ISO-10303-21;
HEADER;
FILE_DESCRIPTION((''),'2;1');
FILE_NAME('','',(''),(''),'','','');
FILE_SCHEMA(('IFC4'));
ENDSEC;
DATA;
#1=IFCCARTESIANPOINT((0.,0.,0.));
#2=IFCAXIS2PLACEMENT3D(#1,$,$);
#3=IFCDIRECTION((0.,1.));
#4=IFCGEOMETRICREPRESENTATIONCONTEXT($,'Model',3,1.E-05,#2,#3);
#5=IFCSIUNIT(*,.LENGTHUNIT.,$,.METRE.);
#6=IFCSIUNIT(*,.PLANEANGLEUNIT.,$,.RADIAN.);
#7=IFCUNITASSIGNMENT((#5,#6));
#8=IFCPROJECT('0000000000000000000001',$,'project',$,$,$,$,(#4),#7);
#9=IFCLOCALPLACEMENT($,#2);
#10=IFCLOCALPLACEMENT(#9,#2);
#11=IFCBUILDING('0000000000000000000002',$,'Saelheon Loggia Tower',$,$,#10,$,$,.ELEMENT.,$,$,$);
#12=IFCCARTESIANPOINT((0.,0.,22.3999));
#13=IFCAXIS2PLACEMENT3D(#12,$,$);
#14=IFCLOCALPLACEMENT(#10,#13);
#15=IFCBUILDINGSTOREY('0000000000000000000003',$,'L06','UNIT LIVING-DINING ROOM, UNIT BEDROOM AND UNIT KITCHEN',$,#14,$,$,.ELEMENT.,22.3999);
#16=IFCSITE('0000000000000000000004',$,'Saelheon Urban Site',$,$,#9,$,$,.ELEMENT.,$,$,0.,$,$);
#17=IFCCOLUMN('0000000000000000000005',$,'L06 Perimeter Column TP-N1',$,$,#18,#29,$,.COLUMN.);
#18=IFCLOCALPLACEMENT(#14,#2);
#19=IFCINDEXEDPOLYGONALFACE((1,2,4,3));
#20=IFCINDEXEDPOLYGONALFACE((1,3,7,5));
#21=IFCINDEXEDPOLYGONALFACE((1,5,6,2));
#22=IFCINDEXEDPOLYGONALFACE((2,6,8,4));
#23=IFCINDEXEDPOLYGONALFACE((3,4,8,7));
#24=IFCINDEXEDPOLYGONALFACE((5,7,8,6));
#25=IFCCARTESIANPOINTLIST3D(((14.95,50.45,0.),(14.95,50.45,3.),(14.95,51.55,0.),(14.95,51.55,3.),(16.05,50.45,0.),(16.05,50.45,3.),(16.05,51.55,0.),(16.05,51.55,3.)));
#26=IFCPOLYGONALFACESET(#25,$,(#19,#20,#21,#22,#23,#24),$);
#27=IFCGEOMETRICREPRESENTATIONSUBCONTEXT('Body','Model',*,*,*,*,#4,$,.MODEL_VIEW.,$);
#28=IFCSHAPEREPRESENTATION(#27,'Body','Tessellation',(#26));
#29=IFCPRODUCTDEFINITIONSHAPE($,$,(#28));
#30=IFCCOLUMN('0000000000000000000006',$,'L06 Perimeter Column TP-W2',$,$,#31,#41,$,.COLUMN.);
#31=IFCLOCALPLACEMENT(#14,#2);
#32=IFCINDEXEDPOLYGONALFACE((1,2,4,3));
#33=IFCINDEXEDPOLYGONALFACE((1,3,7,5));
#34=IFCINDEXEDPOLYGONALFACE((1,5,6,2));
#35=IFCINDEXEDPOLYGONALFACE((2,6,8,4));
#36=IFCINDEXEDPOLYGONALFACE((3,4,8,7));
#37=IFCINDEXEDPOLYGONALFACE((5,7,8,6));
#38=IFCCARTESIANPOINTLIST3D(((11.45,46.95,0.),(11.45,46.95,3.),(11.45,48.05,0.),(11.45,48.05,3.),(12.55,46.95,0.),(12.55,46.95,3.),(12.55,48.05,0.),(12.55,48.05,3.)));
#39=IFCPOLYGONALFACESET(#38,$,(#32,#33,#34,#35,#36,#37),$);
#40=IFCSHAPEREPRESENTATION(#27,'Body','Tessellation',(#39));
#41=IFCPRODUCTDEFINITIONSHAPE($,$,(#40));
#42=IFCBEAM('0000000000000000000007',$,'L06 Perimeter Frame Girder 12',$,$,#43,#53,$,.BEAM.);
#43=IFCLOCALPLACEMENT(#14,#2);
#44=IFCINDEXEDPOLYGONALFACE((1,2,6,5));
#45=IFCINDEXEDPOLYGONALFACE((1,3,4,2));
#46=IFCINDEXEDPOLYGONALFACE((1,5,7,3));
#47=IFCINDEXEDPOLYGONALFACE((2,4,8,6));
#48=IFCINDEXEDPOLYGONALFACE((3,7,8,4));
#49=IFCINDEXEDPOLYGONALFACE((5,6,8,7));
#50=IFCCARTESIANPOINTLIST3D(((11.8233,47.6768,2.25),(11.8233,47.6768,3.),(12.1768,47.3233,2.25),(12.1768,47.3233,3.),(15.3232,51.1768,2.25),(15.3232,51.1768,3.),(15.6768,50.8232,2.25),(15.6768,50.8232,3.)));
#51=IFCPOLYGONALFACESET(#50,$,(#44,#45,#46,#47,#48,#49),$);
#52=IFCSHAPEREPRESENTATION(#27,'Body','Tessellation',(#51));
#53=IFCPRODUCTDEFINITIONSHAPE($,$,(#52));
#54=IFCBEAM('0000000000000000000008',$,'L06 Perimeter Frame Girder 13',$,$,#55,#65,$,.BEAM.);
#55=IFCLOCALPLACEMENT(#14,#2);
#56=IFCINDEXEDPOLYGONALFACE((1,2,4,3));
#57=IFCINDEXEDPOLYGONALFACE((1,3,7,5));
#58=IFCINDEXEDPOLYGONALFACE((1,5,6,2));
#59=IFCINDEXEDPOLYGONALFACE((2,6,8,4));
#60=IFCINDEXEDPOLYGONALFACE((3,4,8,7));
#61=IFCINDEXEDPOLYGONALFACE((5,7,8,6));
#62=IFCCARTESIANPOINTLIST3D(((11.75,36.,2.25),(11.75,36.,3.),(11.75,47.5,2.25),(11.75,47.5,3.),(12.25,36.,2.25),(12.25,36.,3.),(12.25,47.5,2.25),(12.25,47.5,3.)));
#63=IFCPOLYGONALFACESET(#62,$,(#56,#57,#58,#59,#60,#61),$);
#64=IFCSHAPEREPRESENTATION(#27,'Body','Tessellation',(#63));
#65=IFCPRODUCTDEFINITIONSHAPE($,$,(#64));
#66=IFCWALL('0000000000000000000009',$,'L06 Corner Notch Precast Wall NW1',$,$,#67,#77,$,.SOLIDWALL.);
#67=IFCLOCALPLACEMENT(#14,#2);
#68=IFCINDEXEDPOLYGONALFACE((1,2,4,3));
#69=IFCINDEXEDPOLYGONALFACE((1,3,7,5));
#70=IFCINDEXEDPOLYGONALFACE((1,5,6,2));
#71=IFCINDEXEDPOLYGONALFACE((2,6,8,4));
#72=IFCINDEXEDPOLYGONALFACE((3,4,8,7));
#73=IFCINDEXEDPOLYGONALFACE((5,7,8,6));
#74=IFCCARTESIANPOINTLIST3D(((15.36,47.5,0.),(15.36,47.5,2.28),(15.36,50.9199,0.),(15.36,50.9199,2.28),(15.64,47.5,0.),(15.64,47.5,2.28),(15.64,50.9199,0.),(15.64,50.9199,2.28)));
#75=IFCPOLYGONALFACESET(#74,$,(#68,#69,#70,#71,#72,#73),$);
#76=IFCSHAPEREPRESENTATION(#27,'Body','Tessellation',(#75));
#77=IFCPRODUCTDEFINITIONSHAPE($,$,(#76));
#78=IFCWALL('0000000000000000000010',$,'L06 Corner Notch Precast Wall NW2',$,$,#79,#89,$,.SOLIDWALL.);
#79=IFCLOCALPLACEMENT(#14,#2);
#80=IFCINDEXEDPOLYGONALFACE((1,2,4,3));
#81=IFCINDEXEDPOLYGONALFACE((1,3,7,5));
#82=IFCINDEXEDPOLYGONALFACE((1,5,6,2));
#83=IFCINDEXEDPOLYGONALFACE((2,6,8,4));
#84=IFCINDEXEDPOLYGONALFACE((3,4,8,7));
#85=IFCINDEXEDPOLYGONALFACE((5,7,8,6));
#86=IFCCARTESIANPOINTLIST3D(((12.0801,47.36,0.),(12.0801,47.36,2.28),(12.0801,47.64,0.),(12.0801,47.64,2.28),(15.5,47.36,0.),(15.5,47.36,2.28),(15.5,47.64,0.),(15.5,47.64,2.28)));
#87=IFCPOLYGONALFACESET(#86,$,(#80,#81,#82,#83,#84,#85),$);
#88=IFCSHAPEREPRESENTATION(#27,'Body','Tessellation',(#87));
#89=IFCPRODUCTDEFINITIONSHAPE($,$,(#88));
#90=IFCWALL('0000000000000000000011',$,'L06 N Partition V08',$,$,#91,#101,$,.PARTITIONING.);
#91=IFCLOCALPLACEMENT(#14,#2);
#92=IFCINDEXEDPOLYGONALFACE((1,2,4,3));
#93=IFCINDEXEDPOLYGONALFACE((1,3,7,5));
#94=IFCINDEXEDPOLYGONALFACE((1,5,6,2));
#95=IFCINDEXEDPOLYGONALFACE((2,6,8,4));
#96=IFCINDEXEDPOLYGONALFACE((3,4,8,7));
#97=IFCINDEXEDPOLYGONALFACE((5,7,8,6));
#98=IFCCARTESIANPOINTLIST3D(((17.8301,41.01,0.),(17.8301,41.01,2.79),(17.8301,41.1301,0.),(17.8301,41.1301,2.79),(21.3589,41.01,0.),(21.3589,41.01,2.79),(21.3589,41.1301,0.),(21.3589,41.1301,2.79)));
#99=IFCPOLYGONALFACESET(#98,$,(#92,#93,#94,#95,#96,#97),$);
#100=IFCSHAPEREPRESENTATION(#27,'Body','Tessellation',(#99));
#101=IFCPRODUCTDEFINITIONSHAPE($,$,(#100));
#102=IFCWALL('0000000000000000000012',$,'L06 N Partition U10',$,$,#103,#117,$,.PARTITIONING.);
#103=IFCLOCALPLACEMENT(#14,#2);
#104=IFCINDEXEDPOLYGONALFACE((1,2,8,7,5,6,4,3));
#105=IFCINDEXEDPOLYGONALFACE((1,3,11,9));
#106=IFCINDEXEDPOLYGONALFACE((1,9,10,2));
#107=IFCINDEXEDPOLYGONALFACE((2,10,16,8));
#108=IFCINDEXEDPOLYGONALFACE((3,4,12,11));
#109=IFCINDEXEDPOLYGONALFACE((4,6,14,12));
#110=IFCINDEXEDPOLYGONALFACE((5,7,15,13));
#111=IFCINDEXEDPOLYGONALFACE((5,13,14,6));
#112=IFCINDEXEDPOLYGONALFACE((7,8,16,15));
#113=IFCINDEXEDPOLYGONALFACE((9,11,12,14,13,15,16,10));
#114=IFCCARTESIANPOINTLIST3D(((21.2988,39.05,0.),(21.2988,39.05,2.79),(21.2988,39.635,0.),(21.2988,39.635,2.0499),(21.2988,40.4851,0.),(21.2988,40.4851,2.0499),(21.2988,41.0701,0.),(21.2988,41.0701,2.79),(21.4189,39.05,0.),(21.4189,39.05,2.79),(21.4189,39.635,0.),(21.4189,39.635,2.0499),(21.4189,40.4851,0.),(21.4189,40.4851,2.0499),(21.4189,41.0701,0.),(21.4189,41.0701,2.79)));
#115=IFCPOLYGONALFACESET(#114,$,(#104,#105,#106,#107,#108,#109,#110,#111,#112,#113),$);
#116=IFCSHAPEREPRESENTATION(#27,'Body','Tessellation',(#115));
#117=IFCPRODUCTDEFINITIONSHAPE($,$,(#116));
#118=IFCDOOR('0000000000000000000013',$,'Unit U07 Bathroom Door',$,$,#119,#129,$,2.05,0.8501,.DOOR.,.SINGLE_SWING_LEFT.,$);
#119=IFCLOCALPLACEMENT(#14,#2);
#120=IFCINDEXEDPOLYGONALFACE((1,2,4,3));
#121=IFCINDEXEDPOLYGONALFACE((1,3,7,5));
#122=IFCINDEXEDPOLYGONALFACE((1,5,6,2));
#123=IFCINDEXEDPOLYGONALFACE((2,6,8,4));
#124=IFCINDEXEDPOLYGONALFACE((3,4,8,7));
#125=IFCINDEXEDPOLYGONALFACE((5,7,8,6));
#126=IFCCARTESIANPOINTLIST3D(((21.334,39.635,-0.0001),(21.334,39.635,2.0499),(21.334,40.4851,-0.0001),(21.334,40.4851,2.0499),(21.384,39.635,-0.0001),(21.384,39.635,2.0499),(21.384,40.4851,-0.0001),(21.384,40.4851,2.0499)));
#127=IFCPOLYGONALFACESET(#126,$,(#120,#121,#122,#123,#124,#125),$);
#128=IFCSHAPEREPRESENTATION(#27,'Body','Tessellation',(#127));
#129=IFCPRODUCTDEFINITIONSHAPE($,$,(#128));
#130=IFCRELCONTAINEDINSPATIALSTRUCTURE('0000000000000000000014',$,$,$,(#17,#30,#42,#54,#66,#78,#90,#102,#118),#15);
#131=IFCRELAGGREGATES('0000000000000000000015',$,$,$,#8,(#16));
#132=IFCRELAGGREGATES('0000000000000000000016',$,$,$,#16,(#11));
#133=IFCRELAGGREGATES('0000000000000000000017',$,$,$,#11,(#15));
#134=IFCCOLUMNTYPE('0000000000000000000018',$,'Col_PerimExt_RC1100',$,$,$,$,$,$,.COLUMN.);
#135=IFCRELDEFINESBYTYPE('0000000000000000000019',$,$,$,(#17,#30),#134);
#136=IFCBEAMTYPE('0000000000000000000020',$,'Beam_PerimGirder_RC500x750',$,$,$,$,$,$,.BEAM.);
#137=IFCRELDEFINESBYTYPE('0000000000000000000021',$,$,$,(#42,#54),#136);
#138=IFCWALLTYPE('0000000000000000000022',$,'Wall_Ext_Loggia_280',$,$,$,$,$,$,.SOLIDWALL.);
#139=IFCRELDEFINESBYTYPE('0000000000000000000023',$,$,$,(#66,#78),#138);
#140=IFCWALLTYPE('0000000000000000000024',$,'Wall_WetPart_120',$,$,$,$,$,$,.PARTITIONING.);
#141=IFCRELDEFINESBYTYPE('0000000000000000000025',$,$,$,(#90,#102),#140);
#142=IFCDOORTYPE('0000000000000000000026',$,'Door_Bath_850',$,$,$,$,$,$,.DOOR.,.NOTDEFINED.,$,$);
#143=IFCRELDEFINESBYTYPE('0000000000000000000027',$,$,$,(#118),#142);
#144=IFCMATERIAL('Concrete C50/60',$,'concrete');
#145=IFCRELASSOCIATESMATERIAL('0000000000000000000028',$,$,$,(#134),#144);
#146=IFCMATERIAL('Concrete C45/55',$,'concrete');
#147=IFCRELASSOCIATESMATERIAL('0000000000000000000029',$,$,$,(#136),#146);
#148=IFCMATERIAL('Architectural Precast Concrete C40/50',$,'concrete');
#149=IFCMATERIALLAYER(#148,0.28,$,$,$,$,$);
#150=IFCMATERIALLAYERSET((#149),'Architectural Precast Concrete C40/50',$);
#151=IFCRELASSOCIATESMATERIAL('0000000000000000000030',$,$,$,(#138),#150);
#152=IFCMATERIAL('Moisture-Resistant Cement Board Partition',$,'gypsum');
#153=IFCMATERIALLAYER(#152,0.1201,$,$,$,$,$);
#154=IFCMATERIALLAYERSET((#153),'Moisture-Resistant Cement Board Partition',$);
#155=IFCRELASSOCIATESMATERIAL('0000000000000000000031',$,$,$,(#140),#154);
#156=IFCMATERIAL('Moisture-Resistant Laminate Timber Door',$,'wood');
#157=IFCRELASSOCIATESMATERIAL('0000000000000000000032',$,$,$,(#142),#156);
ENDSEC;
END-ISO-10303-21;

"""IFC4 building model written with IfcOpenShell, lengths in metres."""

from ifc_helpers import new_model, si_unit, direction, frame, frame_2d, origin, origin_2d, place, context, subcontext, project, spatial, rectangle, extrude, source, transform, mapped, material, layer, layer_set, material_profile, profile_set, type_object, element, fill, save


model = new_model("IFC4")

# Units and contexts
model_context = context("Model", 3, precision=1e-05, world=origin(), true_north=direction((0.0, 1.0)))
body_context = subcontext(model_context, "Body", "Model", "MODEL_VIEW")
ifc_project = project(units=[si_unit("LENGTHUNIT", "METRE"), si_unit("PLANEANGLEUNIT", "RADIAN")], contexts=[model_context])

# Site, building, storey
site_placement = place(None, origin())
site = spatial("IfcSite", under=ifc_project, at=site_placement, Name="Saelheon Urban Site", CompositionType="ELEMENT", RefElevation=0.0)
building_placement = place(site_placement, origin())
building = spatial("IfcBuilding", under=site, at=building_placement, Name="Saelheon Loggia Tower", CompositionType="ELEMENT")
storey_placement = place(building_placement, frame((0.0, 0.0, 22.3999)))
storey = spatial("IfcBuildingStorey", under=building, at=storey_placement, Name="L06", Description="UNIT LIVING-DINING ROOM, UNIT BEDROOM AND UNIT KITCHEN", CompositionType="ELEMENT", Elevation=22.3999)

# Columns
ifc_material_1 = material(Name="Concrete C50/60", Category="concrete")
ifc_material_profile_1 = material_profile(ifc_material_1, rectangle(XDim=1.1001, YDim=1.1001, at=origin_2d()), Name="RC-1100x1100")
ifc_profile_set_1 = profile_set([ifc_material_profile_1], Name="Concrete C50/60")
column_type = type_object("IfcColumnType", Name="Col_PerimExt_RC1100", PredefinedType="COLUMN", material=ifc_profile_set_1)
shared_shape_1 = source(origin(), body_context, "Body", "SweptSolid", [
    extrude(rectangle(XDim=1.1001, YDim=1.1001, at=origin_2d()), origin(), (0.0, 0.0, 1.0), 3.0),
])
for number, where, z_axis, x_axis, name in (
    (1, (15.5, 51.0, 0.0), (0.0, 0.0, 1.0), (1.0, 0.0, 0.0), "L06 Perimeter Column TP-N1"),
    (2, (12.0, 47.5, 0.0), (0.0, 0.0, 1.0), (1.0, 0.0, 0.0), "L06 Perimeter Column TP-W2"),
):
    element("IfcColumn", number, at=place(storey_placement, frame(where, z_axis=z_axis, x_axis=x_axis)), inside=storey, type_object=column_type, Name=name, PredefinedType="COLUMN", context=body_context, shape_type="MappedRepresentation", body=[
        mapped(shared_shape_1, transform((0.0, 0.0, 0.0), scale=1.0)),
    ])

# Beams
ifc_material_2 = material(Name="Concrete C45/55", Category="concrete")
ifc_material_profile_2 = material_profile(ifc_material_2, rectangle(XDim=0.5, YDim=0.75, at=origin_2d()), Name="RC-500x750")
ifc_profile_set_2 = profile_set([ifc_material_profile_2], Name="Concrete C45/55")
beam_type = type_object("IfcBeamType", Name="Beam_PerimGirder_RC500x750", PredefinedType="BEAM", material=ifc_profile_set_2)
shared_shape_2 = source(origin(), body_context, "Body", "SweptSolid", [
    extrude(rectangle(XDim=0.5, YDim=0.75, at=origin_2d()), origin(), (0.0, 0.0, 1.0), 4.9497),
])
beam_1_placement = place(storey_placement, frame((15.5, 51.0, 2.625), z_axis=(-0.707107, -0.707107, 0.0), x_axis=(0.707107, -0.707107, 0.0)))
element("IfcBeam", 3, at=beam_1_placement, inside=storey, type_object=beam_type, Name="L06 Perimeter Frame Girder 12", PredefinedType="BEAM", context=body_context, shape_type="MappedRepresentation", body=[
    mapped(shared_shape_2, transform((0.0, 0.0, 0.0), scale=1.0)),
])
shared_shape_3 = source(origin(), body_context, "Body", "SweptSolid", [
    extrude(rectangle(XDim=0.5, YDim=0.75, at=origin_2d()), origin(), (0.0, 0.0, 1.0), 11.5),
])
beam_2_placement = place(storey_placement, frame((12.0, 47.5, 2.625), z_axis=(0.0, -1.0, 0.0), x_axis=(1.0, 0.0, 0.0)))
element("IfcBeam", 4, at=beam_2_placement, inside=storey, type_object=beam_type, Name="L06 Perimeter Frame Girder 13", PredefinedType="BEAM", context=body_context, shape_type="MappedRepresentation", body=[
    mapped(shared_shape_3, transform((0.0, 0.0, 0.0), scale=1.0)),
])

# Shared definitions
ifc_material_3 = material(Name="Architectural Precast Concrete C40/50", Category="concrete")
ifc_layer_1 = layer(ifc_material_3, 0.28)
ifc_layer_set_1 = layer_set([ifc_layer_1], Name="Architectural Precast Concrete C40/50")
wall_type_1 = type_object("IfcWallType", Name="Wall_Ext_Loggia_280", PredefinedType="SOLIDWALL", material=ifc_layer_set_1)

# Walls
for number, where, z_axis, x_axis, name in (
    (5, (15.5, 47.5, 0.0), (0.0, 0.0, 1.0), (0.0, 1.0, 0.0), "L06 Corner Notch Precast Wall NW1"),
    (6, (12.0801, 47.5, 0.0), (0.0, 0.0, 1.0), (1.0, 0.0, 0.0), "L06 Corner Notch Precast Wall NW2"),
):
    element("IfcWall", number, at=place(storey_placement, frame(where, z_axis=z_axis, x_axis=x_axis)), inside=storey, type_object=wall_type_1, Name=name, PredefinedType="SOLIDWALL", context=body_context, shape_type="SweptSolid", body=[
        extrude(rectangle(XDim=3.4199, YDim=0.28, at=frame_2d((1.71, 0.0))), origin(), (0.0, 0.0, 1.0), 2.28),
    ])
ifc_material_4 = material(Name="Moisture-Resistant Cement Board Partition", Category="gypsum")
ifc_layer_2 = layer(ifc_material_4, 0.1201)
ifc_layer_set_2 = layer_set([ifc_layer_2], Name="Moisture-Resistant Cement Board Partition")
wall_type_2 = type_object("IfcWallType", Name="Wall_WetPart_120", PredefinedType="PARTITIONING", material=ifc_layer_set_2)
wall_1_placement = place(storey_placement, frame((17.8301, 41.0701, 0.0), z_axis=(0.0, 0.0, 1.0), x_axis=(1.0, 0.0, 0.0)))
element("IfcWall", 7, at=wall_1_placement, inside=storey, type_object=wall_type_2, Name="L06 N Partition V08", PredefinedType="PARTITIONING", context=body_context, shape_type="SweptSolid", body=[
    extrude(rectangle(XDim=3.5288, YDim=0.1201, at=frame_2d((1.7644, 0.0))), origin(), (0.0, 0.0, 1.0), 2.79),
])

# Wall, opening, door
wall_2_placement = place(storey_placement, frame((21.3589, 39.05, 0.0), z_axis=(0.0, 0.0, 1.0), x_axis=(0.0, 1.0, 0.0)))
wall_2 = element("IfcWall", 8, at=wall_2_placement, inside=storey, type_object=wall_type_2, Name="L06 N Partition U10", PredefinedType="PARTITIONING", context=body_context, shape_type="SweptSolid", body=[
    extrude(rectangle(XDim=2.02, YDim=0.1201, at=frame_2d((1.01, 0.0))), origin(), (0.0, 0.0, 1.0), 2.79),
])
opening_1_placement = place(wall_2_placement, frame((0.585, 0.0, 0.0)))
opening_1 = element("IfcOpeningElement", 9, at=opening_1_placement, cuts=wall_2, PredefinedType="OPENING", context=body_context, shape_type="SweptSolid", body=[
    extrude(rectangle(XDim=0.8501, YDim=2.05, at=frame_2d((0.425, 1.0249))), frame((0.0, 0.072, 0.0), z_axis=(0.0, -1.0, 0.0), x_axis=(1.0, 0.0, 0.0)), (0.0, 0.0, 1.0), 0.144),
])
ifc_material_5 = material(Name="Moisture-Resistant Laminate Timber Door", Category="wood")
door_type_1 = type_object("IfcDoorType", Name="Door_Bath_850", OperationType="NOTDEFINED", PredefinedType="DOOR", material=ifc_material_5)
shared_shape_4 = source(origin(), body_context, "Body", "SweptSolid", [
    extrude(rectangle(XDim=0.8501, YDim=2.05, at=frame_2d((0.425, 1.0249))), frame((0.0, 0.0249, 0.0), z_axis=(0.0, -1.0, 0.0), x_axis=(1.0, 0.0, 0.0)), (0.0, 0.0, 1.0), 0.05),
])
door_1_placement = place(opening_1_placement, origin())
door_1 = element("IfcDoor", 10, at=door_1_placement, inside=storey, type_object=door_type_1, Name="Unit U07 Bathroom Door", OperationType="SINGLE_SWING_LEFT", OverallHeight=2.05, OverallWidth=0.8501, PredefinedType="DOOR", context=body_context, shape_type="MappedRepresentation", body=[
    mapped(shared_shape_4, transform((0.0, 0.0, 0.0), scale=1.0)),
])
fill(opening_1, door_1)

save(model, "model.ifc")
